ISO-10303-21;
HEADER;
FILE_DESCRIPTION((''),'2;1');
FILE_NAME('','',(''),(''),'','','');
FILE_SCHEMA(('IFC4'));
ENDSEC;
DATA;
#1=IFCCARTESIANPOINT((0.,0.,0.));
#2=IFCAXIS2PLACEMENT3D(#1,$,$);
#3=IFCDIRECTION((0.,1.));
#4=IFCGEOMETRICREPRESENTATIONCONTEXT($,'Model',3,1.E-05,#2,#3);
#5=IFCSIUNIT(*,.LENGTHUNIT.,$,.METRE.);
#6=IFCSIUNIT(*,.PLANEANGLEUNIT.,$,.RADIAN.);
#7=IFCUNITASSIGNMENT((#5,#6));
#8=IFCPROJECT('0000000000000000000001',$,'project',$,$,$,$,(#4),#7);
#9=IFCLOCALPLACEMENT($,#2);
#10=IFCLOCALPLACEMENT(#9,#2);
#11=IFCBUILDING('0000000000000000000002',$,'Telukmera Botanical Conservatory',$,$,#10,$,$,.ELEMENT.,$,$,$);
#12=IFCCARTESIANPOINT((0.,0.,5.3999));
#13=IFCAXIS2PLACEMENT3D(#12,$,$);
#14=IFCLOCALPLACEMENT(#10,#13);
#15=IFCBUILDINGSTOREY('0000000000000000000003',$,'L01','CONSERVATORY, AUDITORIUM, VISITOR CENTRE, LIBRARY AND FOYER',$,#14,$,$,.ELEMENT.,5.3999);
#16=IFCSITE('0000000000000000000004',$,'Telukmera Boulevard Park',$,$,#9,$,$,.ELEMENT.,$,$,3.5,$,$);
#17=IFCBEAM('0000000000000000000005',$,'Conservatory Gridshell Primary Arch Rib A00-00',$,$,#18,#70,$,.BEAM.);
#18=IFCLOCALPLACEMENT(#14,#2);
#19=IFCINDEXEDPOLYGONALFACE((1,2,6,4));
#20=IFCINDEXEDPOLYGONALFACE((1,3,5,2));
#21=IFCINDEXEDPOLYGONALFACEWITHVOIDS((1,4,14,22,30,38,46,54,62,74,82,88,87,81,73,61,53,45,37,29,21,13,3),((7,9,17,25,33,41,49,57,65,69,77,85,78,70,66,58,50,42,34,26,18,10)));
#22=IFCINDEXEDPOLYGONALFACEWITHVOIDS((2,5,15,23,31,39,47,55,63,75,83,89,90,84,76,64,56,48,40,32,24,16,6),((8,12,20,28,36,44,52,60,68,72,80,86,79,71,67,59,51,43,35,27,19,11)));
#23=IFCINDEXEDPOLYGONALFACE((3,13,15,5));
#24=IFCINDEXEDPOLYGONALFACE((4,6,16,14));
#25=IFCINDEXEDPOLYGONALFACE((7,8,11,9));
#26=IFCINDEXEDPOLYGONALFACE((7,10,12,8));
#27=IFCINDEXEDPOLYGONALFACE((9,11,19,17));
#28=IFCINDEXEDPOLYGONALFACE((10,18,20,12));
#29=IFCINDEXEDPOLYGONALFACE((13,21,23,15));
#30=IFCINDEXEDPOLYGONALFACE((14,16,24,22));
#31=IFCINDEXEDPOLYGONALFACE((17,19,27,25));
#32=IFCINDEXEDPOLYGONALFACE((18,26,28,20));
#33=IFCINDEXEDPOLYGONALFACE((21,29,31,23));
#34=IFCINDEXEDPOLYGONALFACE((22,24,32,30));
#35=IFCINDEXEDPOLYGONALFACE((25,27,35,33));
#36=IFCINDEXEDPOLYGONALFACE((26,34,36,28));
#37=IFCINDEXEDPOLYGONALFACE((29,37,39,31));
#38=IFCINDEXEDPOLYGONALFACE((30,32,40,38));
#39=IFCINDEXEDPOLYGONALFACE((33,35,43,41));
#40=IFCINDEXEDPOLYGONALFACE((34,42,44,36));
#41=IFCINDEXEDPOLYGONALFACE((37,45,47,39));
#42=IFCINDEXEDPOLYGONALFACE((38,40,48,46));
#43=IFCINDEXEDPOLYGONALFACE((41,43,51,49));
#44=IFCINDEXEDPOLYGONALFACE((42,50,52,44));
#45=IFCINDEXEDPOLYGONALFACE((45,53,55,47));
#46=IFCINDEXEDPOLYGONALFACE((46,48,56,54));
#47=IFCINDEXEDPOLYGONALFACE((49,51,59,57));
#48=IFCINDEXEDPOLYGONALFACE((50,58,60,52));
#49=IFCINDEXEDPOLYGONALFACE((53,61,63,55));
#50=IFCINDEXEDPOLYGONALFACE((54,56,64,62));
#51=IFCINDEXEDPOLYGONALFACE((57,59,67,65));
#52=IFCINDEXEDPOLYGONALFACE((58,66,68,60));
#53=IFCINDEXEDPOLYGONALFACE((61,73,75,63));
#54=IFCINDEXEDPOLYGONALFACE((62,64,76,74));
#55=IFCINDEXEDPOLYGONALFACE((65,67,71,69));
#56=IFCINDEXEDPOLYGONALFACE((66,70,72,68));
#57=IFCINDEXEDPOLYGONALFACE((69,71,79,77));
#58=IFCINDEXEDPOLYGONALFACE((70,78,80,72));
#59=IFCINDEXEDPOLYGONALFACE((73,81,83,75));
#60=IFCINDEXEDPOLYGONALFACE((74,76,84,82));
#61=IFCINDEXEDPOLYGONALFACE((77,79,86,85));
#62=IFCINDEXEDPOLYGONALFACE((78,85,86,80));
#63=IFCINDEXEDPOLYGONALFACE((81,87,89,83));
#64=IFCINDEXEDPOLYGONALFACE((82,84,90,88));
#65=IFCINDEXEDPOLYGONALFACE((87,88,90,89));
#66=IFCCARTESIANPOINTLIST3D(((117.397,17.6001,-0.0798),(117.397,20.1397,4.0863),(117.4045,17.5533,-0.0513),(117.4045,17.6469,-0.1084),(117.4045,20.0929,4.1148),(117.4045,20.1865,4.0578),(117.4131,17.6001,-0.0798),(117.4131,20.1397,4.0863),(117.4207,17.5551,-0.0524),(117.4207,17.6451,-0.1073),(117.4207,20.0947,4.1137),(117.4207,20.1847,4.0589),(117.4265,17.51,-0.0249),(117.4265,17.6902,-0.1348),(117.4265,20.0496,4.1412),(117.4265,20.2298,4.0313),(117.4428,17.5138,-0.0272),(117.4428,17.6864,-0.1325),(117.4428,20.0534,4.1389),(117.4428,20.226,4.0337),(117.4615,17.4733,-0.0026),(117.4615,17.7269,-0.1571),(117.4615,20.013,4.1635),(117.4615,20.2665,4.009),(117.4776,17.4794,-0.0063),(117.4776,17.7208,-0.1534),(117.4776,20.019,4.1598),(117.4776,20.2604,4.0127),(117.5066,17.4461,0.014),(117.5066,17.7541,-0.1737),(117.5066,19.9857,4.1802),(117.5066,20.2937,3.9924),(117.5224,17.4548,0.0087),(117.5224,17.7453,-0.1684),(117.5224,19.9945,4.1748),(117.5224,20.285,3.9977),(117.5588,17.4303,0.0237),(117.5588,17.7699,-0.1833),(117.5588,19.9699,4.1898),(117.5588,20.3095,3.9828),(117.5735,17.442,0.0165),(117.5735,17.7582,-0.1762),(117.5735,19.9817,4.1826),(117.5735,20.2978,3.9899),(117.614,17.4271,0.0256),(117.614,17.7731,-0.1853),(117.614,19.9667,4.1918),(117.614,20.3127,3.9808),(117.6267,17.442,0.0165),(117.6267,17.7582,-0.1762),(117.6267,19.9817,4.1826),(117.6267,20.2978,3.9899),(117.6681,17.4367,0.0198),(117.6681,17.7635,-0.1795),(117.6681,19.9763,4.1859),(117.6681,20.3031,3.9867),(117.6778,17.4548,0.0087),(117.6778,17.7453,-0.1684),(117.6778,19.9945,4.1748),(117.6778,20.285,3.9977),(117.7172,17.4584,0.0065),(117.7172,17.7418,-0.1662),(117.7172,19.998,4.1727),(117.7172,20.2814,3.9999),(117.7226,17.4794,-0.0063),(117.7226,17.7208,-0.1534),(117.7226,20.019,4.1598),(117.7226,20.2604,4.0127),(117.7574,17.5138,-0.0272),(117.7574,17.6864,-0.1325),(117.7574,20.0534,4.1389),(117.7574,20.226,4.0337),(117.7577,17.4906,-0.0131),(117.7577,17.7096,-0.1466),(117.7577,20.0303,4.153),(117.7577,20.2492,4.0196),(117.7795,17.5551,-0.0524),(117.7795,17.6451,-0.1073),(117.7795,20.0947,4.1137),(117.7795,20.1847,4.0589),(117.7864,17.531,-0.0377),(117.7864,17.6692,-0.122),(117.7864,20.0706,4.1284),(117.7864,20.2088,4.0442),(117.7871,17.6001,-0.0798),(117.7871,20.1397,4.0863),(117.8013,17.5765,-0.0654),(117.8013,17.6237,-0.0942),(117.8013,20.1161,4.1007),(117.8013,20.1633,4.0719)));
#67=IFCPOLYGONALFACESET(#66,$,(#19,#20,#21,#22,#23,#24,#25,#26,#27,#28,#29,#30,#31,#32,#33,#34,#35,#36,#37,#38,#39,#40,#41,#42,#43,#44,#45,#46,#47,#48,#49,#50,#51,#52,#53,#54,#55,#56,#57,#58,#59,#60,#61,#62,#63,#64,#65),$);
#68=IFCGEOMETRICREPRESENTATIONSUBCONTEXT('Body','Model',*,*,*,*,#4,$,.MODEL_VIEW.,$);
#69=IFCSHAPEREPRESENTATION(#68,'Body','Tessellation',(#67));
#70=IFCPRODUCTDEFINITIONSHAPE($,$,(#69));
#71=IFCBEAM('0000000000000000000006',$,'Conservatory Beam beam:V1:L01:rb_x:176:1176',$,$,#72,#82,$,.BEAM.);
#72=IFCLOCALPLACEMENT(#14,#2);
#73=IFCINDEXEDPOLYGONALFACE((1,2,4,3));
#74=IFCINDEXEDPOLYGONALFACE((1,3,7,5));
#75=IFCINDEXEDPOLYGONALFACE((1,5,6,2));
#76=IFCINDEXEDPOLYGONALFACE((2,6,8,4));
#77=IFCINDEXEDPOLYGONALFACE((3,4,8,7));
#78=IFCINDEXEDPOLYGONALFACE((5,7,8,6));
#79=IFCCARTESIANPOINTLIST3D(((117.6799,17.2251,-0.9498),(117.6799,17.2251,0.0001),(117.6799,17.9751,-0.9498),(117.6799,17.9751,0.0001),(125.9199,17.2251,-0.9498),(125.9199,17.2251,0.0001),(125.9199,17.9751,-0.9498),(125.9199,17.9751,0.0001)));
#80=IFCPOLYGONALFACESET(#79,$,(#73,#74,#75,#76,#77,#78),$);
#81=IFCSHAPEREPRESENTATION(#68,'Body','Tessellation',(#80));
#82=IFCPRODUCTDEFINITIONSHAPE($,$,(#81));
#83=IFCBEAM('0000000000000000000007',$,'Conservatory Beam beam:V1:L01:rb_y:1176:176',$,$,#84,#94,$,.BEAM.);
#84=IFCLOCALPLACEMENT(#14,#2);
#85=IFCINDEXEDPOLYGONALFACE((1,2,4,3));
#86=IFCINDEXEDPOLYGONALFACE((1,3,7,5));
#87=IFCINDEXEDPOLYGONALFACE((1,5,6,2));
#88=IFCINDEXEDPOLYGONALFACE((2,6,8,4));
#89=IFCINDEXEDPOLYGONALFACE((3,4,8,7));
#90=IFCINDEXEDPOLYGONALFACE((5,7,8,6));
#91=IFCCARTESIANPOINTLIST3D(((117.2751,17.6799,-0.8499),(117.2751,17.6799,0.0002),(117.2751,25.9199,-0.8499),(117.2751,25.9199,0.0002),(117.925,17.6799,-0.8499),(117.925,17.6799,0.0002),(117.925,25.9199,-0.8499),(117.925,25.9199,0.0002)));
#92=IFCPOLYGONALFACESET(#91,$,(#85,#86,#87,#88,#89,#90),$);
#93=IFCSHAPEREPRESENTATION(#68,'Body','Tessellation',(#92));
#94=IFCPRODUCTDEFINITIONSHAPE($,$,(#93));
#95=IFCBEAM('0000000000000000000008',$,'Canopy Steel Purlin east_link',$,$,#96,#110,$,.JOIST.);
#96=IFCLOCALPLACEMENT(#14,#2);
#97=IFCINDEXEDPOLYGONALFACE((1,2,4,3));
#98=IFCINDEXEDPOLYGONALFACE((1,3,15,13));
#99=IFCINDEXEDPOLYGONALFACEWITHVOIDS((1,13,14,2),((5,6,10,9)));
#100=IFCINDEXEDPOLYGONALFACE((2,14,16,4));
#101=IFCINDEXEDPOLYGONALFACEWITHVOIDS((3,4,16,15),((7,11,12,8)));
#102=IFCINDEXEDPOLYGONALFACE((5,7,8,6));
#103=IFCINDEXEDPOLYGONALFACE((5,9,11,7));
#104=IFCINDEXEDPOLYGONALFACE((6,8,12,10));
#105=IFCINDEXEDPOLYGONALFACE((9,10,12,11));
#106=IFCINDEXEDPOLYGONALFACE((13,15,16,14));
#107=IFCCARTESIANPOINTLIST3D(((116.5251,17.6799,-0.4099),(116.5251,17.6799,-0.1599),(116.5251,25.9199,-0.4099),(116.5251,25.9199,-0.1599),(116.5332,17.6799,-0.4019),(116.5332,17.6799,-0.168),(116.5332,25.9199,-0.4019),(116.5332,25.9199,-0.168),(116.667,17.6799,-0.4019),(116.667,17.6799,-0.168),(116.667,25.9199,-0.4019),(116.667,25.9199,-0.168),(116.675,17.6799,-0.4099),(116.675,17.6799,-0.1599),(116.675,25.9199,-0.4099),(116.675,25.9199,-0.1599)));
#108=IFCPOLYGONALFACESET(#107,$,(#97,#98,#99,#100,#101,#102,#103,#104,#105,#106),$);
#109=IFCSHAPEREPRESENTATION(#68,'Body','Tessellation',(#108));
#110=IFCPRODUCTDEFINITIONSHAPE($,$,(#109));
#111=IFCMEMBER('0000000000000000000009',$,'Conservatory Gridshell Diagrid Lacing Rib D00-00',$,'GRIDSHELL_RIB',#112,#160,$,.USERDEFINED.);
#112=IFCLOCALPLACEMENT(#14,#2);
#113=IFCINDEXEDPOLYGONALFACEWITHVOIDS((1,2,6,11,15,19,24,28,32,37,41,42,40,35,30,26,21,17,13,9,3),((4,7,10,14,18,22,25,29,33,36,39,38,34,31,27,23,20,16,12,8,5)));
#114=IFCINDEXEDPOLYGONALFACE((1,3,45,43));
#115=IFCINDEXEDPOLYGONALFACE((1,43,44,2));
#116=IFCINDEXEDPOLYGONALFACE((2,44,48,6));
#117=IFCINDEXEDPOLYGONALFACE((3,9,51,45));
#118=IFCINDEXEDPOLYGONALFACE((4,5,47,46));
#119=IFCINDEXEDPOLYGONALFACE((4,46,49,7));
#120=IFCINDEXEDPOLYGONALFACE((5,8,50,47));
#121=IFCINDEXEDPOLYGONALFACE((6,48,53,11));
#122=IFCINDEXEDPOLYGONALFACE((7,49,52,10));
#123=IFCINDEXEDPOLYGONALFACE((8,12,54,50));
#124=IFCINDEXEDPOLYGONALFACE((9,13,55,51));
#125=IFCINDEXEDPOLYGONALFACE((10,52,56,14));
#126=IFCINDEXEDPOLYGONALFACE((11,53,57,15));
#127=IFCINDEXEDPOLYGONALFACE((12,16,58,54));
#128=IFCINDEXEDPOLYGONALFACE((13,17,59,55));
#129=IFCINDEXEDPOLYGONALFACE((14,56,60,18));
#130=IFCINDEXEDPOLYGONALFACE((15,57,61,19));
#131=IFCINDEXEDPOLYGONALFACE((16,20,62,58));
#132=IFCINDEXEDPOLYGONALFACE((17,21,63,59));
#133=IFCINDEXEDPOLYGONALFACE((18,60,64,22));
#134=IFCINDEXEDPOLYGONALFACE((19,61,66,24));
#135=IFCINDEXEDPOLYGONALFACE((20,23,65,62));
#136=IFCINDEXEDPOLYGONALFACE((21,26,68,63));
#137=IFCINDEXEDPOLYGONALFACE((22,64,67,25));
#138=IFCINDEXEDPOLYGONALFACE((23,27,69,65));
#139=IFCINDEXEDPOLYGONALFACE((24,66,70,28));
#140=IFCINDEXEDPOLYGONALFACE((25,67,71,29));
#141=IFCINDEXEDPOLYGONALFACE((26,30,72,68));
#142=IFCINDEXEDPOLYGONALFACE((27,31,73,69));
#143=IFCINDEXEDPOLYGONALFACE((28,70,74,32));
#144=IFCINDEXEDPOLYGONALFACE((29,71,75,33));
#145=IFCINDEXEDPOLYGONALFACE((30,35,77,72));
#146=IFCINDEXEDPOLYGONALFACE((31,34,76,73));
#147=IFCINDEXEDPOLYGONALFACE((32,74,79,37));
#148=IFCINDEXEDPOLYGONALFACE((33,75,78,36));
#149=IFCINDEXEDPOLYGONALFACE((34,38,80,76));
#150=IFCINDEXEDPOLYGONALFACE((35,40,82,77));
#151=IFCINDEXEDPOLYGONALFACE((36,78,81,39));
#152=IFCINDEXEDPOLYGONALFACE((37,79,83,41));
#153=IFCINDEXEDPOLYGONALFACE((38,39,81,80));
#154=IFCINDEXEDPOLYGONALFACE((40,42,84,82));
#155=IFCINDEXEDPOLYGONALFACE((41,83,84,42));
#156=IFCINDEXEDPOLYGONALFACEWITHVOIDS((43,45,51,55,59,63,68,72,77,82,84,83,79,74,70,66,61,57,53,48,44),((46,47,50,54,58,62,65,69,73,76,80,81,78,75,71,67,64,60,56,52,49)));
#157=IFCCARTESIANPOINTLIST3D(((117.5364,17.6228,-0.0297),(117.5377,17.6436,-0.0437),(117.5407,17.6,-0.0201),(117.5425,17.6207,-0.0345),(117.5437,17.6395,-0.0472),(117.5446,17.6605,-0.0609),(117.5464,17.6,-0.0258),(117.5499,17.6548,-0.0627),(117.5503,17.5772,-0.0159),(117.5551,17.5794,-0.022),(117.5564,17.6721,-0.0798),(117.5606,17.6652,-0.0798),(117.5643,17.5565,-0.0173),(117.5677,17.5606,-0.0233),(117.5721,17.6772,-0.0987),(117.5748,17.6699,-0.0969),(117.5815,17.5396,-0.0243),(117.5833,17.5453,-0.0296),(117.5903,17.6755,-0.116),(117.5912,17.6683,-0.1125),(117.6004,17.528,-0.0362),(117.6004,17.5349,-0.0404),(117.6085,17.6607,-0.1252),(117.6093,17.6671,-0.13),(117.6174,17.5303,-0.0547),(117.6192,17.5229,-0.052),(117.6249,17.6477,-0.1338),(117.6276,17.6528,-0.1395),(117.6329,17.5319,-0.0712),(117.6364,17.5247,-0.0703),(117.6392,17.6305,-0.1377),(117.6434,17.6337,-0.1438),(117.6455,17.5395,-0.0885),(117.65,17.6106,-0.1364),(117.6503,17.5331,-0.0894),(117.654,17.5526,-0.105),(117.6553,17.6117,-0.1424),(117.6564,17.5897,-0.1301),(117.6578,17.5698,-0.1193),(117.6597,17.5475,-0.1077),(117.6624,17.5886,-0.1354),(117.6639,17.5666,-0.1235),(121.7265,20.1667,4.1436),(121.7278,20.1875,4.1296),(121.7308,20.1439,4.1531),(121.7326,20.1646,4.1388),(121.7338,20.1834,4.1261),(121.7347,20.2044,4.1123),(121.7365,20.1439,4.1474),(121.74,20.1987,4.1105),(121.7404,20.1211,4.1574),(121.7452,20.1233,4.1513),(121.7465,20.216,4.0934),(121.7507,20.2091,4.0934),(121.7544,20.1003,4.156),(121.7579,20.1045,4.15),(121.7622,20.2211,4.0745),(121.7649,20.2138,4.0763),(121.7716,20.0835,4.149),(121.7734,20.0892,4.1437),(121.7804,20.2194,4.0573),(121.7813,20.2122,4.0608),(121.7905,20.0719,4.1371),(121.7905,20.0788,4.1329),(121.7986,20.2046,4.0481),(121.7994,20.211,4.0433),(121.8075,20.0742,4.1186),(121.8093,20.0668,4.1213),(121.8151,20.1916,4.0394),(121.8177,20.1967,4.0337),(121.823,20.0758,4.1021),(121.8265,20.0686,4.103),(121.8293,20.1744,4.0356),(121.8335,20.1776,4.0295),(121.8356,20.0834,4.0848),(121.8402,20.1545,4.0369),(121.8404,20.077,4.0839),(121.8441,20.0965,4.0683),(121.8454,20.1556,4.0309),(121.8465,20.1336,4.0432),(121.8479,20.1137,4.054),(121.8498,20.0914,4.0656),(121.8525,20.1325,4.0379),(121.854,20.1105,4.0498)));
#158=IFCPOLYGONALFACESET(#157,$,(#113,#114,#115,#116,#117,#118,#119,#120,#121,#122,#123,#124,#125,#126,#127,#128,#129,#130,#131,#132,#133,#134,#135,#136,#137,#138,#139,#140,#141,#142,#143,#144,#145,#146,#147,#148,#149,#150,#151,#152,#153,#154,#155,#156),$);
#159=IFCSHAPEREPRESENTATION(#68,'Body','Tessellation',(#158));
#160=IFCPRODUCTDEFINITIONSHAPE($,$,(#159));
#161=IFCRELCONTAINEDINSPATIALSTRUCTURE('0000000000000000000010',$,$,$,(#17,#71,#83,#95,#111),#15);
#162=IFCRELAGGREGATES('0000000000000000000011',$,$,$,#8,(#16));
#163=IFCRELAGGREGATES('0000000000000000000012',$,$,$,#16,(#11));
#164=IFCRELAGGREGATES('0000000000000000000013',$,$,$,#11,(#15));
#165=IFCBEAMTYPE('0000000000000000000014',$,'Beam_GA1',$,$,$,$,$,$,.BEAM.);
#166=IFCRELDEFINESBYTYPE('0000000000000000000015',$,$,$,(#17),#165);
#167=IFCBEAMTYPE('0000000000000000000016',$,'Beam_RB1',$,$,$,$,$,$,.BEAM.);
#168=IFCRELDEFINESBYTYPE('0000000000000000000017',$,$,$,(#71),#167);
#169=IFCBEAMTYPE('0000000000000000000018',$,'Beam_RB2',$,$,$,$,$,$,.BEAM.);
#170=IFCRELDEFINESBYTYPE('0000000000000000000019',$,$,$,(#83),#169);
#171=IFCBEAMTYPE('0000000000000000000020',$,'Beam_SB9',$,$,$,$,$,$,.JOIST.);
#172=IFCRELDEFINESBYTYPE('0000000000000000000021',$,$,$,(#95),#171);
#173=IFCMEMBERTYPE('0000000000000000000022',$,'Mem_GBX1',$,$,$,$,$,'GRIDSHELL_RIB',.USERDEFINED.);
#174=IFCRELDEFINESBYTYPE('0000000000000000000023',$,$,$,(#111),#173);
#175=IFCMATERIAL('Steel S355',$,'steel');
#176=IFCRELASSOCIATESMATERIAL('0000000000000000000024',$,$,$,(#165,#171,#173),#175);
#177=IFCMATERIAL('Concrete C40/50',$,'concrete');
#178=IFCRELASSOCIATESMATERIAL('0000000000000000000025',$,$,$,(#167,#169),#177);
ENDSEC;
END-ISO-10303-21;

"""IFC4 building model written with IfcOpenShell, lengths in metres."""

from ifc_helpers import new_model, si_unit, direction, frame, origin, origin_2d, place, context, subcontext, project, spatial, rectangle, hollow_rectangle, hollow_circle, extrude, material, material_profile, profile_set, type_object, element, save


model = new_model("IFC4")

# Units and contexts
model_context = context("Model", 3, precision=1e-05, world=origin(), true_north=direction((0.0, 1.0)))
body_context = subcontext(model_context, "Body", "Model", "MODEL_VIEW")
ifc_project = project(units=[si_unit("LENGTHUNIT", "METRE"), si_unit("PLANEANGLEUNIT", "RADIAN")], contexts=[model_context])

# Site, building, storey
site_placement = place(None, origin())
site = spatial("IfcSite", under=ifc_project, at=site_placement, Name="Telukmera Boulevard Park", CompositionType="ELEMENT", RefElevation=3.5)
building_placement = place(site_placement, origin())
building = spatial("IfcBuilding", under=site, at=building_placement, Name="Telukmera Botanical Conservatory", CompositionType="ELEMENT")
storey_placement = place(building_placement, frame((0.0, 0.0, 5.3999)))
storey = spatial("IfcBuildingStorey", under=building, at=storey_placement, Name="L01", Description="CONSERVATORY, AUDITORIUM, VISITOR CENTRE, LIBRARY AND FOYER", CompositionType="ELEMENT", Elevation=5.3999)

# Beams
ifc_material_1 = material(Name="Steel S355", Category="steel")
ifc_material_profile_1 = material_profile(ifc_material_1, hollow_circle(Radius=0.2031, WallThickness=0.0161, at=origin_2d()), Name="CHS 406.4x16.0")
ifc_profile_set_1 = profile_set([ifc_material_profile_1], Name="Steel S355")
beam_type_1 = type_object("IfcBeamType", Name="Beam_GA1", PredefinedType="BEAM", material=ifc_profile_set_1)
beam_1_placement = place(storey_placement, frame((117.6001, 17.6001, -0.0798), z_axis=(0.0, 0.520502, 0.85386), x_axis=(-1.0, 0.0, 0.0)))
element("IfcBeam", 1, at=beam_1_placement, inside=storey, type_object=beam_type_1, Name="Conservatory Gridshell Primary Arch Rib A00-00", PredefinedType="BEAM", context=body_context, shape_type="SweptSolid", body=[
    extrude(hollow_circle(Radius=0.2031, WallThickness=0.0161, at=origin_2d()), origin(), (0.0, 0.0, 1.0), 4.8792),
])
ifc_material_2 = material(Name="Concrete C40/50", Category="concrete")
ifc_material_profile_2 = material_profile(ifc_material_2, rectangle(XDim=0.75, YDim=0.95, at=origin_2d()), Name="RC 750x950")
ifc_profile_set_2 = profile_set([ifc_material_profile_2], Name="Concrete C40/50")
beam_type_2 = type_object("IfcBeamType", Name="Beam_RB1", PredefinedType="BEAM", material=ifc_profile_set_2)
beam_2_placement = place(storey_placement, frame((117.6799, 17.6001, -0.4749), z_axis=(1.0, 0.0, 0.0), x_axis=(0.0, 1.0, 0.0)))
element("IfcBeam", 2, at=beam_2_placement, inside=storey, type_object=beam_type_2, Name="Conservatory Beam beam:V1:L01:rb_x:176:1176", PredefinedType="BEAM", context=body_context, shape_type="SweptSolid", body=[
    extrude(rectangle(XDim=0.75, YDim=0.95, at=origin_2d()), origin(), (0.0, 0.0, 1.0), 8.24),
])
ifc_material_profile_3 = material_profile(ifc_material_2, rectangle(XDim=0.6499, YDim=0.8501, at=origin_2d()), Name="RC 650x850")
ifc_profile_set_3 = profile_set([ifc_material_profile_3], Name="Concrete C40/50")
beam_type_3 = type_object("IfcBeamType", Name="Beam_RB2", PredefinedType="BEAM", material=ifc_profile_set_3)
beam_3_placement = place(storey_placement, frame((117.6001, 17.6799, -0.4248), z_axis=(0.0, 1.0, 0.0), x_axis=(-1.0, 0.0, 0.0)))
element("IfcBeam", 3, at=beam_3_placement, inside=storey, type_object=beam_type_3, Name="Conservatory Beam beam:V1:L01:rb_y:1176:176", PredefinedType="BEAM", context=body_context, shape_type="SweptSolid", body=[
    extrude(rectangle(XDim=0.6499, YDim=0.8501, at=origin_2d()), origin(), (0.0, 0.0, 1.0), 8.24),
])
ifc_material_profile_4 = material_profile(ifc_material_1, hollow_rectangle(XDim=0.1499, YDim=0.25, WallThickness=0.0081, at=origin_2d()), Name="RHS 250x150x8.0")
ifc_profile_set_4 = profile_set([ifc_material_profile_4], Name="Steel S355")
beam_type_4 = type_object("IfcBeamType", Name="Beam_SB9", PredefinedType="JOIST", material=ifc_profile_set_4)
beam_4_placement = place(storey_placement, frame((116.6001, 17.6799, -0.2849), z_axis=(0.0, 1.0, 0.0), x_axis=(-1.0, 0.0, 0.0)))
element("IfcBeam", 4, at=beam_4_placement, inside=storey, type_object=beam_type_4, Name="Canopy Steel Purlin east_link", PredefinedType="JOIST", context=body_context, shape_type="SweptSolid", body=[
    extrude(hollow_rectangle(XDim=0.1499, YDim=0.25, WallThickness=0.0081, at=origin_2d()), origin(), (0.0, 0.0, 1.0), 8.24),
])

# Member
ifc_material_profile_5 = material_profile(ifc_material_1, hollow_circle(Radius=0.0842, WallThickness=0.0081, at=origin_2d()), Name="CHS 168.3x8.0")
ifc_profile_set_5 = profile_set([ifc_material_profile_5], Name="Steel S355")
member_type_1 = type_object("IfcMemberType", Name="Mem_GBX1", ElementType="GRIDSHELL_RIB", PredefinedType="USERDEFINED", material=ifc_profile_set_5)
member_1_placement = place(storey_placement, frame((117.6001, 17.6001, -0.0798), z_axis=(0.650866, 0.395154, 0.648249), x_axis=(-0.518964, 0.854796, 0.0)))
element("IfcMember", 5, at=member_1_placement, inside=storey, type_object=member_type_1, Name="Conservatory Gridshell Diagrid Lacing Rib D00-00", ObjectType="GRIDSHELL_RIB", PredefinedType="USERDEFINED", context=body_context, shape_type="SweptSolid", body=[
    extrude(hollow_circle(Radius=0.0842, WallThickness=0.0081, at=origin_2d()), origin(), (0.0, 0.0, 1.0), 6.4377),
])

save(model, "model.ifc")
